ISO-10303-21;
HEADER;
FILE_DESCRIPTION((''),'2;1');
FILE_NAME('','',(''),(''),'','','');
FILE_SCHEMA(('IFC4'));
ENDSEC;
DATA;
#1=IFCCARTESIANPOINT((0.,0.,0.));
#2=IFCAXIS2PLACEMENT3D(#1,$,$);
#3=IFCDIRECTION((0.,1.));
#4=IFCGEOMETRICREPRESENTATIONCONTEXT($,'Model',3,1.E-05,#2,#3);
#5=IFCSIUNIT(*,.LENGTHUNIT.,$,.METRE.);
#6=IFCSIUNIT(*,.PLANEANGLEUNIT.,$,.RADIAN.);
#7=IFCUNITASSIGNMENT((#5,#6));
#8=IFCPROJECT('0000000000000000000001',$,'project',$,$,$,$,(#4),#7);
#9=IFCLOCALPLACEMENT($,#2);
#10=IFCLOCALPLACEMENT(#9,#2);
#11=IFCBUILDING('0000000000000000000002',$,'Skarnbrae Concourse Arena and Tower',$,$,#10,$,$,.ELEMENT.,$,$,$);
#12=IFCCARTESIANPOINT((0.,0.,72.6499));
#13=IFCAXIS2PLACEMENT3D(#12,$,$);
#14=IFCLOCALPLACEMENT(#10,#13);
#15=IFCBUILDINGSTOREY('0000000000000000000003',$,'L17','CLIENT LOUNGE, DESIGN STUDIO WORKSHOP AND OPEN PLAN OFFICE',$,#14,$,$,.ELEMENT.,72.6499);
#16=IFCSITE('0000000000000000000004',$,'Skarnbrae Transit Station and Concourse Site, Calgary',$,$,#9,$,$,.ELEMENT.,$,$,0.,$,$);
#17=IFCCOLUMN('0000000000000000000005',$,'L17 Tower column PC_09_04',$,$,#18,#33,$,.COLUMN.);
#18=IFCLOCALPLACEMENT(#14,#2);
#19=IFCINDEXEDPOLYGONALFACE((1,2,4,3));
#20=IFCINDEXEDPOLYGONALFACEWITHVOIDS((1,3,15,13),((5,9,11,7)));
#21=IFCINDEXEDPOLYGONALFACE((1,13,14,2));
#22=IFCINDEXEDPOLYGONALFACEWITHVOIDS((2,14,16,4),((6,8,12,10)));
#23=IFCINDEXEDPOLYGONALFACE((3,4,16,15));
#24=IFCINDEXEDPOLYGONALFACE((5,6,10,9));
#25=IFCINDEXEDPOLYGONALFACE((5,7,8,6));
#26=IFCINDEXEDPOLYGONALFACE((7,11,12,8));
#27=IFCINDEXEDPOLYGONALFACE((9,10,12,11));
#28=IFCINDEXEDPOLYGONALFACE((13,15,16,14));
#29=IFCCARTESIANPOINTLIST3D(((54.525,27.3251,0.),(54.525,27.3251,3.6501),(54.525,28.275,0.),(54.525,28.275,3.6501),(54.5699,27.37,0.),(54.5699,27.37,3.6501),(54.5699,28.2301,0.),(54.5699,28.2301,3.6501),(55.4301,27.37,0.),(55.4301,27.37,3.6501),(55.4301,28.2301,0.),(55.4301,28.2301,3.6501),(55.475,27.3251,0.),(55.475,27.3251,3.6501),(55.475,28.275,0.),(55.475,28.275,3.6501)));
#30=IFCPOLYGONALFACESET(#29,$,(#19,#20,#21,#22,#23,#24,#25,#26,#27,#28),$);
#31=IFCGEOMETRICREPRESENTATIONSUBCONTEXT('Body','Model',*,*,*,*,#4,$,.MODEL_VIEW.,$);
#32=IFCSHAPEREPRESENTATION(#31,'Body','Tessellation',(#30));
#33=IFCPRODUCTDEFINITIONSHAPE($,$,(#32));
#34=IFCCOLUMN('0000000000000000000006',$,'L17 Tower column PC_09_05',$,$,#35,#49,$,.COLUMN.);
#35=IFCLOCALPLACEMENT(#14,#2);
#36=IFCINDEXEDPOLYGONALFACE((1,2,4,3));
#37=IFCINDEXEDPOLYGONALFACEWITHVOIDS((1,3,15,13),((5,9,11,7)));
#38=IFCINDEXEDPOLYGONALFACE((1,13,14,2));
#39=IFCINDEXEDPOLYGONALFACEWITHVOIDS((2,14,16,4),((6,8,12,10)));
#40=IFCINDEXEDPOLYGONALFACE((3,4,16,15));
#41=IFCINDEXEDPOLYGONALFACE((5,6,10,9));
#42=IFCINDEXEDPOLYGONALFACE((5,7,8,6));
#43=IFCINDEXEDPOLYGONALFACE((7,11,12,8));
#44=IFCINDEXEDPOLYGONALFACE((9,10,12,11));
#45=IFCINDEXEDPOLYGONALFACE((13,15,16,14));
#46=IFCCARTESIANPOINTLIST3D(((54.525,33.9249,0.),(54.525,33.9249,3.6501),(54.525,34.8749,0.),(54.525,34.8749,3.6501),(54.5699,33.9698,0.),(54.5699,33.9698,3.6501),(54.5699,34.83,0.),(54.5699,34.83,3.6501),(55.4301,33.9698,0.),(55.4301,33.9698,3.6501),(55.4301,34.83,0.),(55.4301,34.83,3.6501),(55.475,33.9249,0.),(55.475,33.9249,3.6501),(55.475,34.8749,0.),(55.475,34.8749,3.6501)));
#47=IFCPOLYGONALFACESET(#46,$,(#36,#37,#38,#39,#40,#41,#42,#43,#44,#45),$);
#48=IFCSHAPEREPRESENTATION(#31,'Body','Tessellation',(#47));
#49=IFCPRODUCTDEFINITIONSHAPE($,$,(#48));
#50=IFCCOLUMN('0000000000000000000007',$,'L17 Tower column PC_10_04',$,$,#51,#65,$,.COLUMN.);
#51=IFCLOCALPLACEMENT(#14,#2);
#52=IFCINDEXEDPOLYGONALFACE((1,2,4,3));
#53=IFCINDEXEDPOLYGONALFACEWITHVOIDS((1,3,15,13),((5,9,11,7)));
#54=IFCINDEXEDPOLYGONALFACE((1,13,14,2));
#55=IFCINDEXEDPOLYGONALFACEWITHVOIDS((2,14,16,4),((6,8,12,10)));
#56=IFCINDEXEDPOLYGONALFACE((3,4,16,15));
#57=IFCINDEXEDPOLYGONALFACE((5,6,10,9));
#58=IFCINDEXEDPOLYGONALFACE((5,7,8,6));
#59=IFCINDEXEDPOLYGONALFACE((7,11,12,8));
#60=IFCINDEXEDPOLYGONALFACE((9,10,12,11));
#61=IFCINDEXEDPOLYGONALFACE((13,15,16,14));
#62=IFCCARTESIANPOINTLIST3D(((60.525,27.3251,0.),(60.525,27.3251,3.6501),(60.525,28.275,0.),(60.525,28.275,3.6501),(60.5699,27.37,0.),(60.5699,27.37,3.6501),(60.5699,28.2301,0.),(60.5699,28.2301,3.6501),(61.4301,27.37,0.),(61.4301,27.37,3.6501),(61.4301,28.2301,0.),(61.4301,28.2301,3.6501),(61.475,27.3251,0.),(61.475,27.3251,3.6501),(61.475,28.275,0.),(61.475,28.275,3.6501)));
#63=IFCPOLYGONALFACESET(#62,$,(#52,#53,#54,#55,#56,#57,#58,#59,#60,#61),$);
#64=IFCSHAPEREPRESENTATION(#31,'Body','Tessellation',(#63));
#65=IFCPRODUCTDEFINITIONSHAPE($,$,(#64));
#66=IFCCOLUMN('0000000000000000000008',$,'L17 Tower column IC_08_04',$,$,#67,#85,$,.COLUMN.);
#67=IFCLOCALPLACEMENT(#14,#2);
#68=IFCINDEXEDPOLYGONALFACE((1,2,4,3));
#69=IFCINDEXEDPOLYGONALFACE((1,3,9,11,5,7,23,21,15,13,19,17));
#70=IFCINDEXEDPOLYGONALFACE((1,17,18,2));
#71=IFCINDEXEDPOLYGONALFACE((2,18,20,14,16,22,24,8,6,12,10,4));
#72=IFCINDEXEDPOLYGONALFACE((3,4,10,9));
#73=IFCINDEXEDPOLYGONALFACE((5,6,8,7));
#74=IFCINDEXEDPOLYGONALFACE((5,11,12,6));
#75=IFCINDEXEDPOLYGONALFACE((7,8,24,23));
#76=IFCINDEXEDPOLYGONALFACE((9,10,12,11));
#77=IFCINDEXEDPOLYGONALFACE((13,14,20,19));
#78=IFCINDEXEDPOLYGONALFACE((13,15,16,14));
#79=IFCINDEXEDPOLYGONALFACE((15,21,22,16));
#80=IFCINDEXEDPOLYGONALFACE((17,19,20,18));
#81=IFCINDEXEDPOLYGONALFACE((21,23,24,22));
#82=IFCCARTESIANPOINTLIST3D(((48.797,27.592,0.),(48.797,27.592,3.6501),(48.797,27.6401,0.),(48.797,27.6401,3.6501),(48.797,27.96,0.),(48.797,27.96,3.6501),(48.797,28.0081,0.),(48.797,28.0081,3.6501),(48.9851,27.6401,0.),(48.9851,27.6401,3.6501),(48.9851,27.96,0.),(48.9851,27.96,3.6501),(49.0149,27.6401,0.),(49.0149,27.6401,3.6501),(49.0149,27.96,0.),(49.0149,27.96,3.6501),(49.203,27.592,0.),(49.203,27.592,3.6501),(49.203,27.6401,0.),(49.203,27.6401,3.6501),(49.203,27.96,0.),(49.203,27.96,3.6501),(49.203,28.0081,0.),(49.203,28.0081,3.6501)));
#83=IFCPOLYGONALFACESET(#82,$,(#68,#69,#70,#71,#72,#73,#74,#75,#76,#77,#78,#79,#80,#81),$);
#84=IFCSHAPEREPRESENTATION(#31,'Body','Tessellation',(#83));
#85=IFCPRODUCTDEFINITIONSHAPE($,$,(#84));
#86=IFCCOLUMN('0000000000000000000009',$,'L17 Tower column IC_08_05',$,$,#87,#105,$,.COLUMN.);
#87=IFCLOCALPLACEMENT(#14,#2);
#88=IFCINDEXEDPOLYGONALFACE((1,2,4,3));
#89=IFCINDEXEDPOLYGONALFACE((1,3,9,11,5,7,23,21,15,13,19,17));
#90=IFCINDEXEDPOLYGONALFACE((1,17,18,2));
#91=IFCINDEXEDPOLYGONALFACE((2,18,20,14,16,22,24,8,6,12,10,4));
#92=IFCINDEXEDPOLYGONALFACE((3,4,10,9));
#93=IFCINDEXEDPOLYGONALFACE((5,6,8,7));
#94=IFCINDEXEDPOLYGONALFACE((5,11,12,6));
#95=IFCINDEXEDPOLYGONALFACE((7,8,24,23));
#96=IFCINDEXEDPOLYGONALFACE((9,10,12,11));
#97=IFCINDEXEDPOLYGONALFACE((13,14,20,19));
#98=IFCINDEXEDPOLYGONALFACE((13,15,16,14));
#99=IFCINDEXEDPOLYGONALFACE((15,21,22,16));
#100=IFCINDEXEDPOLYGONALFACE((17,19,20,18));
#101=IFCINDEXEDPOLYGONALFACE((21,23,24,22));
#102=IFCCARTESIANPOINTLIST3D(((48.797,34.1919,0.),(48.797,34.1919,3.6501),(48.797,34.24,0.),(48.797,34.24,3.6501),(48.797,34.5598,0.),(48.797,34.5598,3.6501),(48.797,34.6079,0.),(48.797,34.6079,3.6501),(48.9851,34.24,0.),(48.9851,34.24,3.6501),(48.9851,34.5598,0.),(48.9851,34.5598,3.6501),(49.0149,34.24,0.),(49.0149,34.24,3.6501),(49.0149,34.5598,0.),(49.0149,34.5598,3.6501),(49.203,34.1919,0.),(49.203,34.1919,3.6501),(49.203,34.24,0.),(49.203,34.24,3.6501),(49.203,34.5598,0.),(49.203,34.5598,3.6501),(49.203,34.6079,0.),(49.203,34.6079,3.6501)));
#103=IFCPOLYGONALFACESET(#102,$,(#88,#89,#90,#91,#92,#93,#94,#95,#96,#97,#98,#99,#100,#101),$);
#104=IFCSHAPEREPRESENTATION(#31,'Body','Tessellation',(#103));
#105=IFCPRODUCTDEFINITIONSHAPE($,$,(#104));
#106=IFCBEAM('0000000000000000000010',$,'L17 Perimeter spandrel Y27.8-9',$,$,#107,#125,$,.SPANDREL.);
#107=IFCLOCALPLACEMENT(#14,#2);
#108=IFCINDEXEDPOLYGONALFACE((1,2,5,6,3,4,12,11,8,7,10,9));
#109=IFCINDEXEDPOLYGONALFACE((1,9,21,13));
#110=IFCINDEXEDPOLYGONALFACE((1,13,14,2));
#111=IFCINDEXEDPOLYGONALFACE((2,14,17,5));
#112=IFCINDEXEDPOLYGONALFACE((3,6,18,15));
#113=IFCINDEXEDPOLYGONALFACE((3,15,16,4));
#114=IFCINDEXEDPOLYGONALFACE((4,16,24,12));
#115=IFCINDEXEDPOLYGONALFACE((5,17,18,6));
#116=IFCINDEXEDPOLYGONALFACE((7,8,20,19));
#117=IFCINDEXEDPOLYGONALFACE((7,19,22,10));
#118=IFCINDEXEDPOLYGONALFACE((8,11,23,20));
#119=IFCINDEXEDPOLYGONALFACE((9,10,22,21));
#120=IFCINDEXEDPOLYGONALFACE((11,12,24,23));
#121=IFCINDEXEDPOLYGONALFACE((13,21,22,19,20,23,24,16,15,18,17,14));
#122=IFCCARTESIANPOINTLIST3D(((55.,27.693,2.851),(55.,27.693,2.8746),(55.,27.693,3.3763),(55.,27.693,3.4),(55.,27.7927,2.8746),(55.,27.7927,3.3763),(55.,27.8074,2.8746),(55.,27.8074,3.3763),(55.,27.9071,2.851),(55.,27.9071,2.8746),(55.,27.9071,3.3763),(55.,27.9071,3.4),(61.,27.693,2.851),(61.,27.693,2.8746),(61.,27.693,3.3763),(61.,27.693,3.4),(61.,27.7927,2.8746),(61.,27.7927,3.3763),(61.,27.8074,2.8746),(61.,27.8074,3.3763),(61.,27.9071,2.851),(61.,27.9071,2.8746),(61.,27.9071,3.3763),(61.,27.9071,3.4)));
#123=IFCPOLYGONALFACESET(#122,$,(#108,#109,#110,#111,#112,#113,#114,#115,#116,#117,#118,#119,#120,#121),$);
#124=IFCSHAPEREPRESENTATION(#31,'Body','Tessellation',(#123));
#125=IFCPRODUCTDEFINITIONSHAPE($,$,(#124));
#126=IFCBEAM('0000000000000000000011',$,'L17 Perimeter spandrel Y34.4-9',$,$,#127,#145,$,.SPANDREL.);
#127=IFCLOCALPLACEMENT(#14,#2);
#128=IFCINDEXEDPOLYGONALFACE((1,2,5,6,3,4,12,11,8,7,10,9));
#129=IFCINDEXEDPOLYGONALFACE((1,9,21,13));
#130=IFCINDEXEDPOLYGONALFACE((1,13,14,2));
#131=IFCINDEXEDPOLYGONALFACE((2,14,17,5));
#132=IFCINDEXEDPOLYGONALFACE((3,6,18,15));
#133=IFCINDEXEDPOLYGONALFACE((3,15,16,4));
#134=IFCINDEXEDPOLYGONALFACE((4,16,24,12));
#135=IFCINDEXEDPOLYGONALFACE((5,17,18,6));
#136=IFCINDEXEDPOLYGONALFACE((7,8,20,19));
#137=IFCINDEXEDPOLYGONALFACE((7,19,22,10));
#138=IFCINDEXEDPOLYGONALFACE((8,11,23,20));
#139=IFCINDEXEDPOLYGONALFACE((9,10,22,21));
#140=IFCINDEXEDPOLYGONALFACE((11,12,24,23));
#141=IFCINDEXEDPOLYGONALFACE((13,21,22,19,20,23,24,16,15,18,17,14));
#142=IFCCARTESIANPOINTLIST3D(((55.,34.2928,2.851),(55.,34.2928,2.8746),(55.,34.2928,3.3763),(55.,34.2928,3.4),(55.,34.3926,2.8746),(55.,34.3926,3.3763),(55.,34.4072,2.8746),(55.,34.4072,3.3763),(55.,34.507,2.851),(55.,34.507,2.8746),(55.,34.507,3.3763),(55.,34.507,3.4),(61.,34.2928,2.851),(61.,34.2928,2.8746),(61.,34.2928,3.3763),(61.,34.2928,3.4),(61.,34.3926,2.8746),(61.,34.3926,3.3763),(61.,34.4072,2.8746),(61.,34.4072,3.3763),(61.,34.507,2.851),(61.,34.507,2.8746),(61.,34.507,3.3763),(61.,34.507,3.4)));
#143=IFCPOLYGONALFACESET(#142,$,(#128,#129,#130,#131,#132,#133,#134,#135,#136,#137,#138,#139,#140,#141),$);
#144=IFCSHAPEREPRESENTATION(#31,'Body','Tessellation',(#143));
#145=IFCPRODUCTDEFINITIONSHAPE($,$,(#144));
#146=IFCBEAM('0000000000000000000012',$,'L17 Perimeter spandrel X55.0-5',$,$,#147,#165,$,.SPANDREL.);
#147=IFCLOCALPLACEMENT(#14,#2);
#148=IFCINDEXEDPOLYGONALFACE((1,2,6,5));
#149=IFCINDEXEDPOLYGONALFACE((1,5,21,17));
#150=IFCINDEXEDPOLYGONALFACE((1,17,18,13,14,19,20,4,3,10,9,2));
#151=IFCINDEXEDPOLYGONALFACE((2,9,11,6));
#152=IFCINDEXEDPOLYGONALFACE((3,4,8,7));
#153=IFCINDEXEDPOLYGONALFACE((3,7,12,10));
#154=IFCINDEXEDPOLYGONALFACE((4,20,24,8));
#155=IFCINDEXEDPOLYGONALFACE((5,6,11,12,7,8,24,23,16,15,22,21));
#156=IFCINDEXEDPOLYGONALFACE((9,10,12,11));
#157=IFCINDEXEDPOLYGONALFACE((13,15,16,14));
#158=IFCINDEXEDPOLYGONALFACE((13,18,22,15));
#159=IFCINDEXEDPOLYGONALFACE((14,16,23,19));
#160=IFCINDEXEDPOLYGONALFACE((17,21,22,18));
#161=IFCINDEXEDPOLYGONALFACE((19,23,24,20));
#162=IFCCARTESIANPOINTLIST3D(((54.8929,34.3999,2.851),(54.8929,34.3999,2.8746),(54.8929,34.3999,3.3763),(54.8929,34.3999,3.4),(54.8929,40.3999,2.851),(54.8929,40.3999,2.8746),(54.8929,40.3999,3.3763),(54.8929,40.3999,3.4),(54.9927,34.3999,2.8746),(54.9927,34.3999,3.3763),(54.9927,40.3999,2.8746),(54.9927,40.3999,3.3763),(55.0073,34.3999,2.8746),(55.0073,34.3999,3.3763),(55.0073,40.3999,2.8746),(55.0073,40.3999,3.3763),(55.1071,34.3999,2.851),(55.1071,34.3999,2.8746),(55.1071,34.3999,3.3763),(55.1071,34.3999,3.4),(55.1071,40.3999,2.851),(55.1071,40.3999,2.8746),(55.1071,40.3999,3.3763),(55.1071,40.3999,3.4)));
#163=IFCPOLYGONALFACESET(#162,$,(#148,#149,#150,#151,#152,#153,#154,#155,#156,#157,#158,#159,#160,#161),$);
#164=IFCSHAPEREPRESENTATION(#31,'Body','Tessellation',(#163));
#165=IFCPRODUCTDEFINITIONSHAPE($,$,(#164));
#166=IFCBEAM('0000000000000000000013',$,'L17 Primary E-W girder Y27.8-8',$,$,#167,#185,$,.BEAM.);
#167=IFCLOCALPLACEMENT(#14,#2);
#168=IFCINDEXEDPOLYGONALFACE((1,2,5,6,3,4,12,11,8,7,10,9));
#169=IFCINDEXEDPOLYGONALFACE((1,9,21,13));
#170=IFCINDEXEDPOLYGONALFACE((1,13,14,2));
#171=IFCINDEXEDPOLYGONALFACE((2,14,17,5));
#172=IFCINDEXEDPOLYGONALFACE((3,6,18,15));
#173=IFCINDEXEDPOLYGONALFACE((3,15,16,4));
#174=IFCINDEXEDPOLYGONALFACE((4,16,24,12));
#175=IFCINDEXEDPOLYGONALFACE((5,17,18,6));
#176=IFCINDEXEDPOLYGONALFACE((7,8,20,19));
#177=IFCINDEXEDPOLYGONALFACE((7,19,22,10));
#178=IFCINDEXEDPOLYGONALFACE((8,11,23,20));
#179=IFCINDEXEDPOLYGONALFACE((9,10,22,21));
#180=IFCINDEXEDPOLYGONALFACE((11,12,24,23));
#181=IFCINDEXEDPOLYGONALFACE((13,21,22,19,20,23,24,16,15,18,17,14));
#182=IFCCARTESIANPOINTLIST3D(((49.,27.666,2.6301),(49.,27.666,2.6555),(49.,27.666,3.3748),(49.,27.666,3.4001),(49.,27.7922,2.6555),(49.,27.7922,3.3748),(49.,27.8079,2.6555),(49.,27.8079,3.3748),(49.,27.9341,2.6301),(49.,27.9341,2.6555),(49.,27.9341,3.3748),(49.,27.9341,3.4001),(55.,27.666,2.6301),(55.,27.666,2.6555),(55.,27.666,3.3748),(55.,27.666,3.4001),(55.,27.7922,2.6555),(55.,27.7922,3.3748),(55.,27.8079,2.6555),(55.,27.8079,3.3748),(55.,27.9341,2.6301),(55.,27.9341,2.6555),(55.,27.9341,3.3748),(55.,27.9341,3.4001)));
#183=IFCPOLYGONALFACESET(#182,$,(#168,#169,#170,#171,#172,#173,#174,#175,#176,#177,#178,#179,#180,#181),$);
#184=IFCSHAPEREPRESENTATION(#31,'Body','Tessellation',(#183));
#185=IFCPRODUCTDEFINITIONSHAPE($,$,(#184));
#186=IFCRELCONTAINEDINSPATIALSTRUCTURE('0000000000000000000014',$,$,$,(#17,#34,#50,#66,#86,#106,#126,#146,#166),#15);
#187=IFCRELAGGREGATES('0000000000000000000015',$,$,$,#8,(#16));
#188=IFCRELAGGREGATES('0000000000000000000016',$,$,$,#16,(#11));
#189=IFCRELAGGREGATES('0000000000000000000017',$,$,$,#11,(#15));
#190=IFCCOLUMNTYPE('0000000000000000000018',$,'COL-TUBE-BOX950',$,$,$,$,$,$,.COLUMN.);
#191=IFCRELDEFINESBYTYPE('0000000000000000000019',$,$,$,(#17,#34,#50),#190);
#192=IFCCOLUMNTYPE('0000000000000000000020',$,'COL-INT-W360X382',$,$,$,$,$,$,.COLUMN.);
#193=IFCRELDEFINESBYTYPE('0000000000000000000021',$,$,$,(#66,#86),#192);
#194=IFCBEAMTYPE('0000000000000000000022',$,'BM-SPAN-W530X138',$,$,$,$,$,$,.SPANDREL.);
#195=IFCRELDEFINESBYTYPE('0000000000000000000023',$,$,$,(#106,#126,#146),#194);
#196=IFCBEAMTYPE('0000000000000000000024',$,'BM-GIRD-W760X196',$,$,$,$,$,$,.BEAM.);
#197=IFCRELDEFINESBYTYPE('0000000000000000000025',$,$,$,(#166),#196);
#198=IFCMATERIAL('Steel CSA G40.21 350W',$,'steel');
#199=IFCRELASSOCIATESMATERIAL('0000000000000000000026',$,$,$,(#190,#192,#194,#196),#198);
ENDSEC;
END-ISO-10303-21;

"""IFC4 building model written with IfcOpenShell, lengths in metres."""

from ifc_helpers import new_model, si_unit, direction, frame, origin, origin_2d, place, context, subcontext, project, spatial, hollow_rectangle, i_section, extrude, source, transform, mapped, material, material_profile, profile_set, type_object, element, save


model = new_model("IFC4")

# Units and contexts
model_context = context("Model", 3, precision=1e-05, world=origin(), true_north=direction((0.0, 1.0)))
body_context = subcontext(model_context, "Body", "Model", "MODEL_VIEW")
ifc_project = project(units=[si_unit("LENGTHUNIT", "METRE"), si_unit("PLANEANGLEUNIT", "RADIAN")], contexts=[model_context])

# Site, building, storey
site_placement = place(None, origin())
site = spatial("IfcSite", under=ifc_project, at=site_placement, Name="Skarnbrae Transit Station and Concourse Site, Calgary", CompositionType="ELEMENT", RefElevation=0.0)
building_placement = place(site_placement, origin())
building = spatial("IfcBuilding", under=site, at=building_placement, Name="Skarnbrae Concourse Arena and Tower", CompositionType="ELEMENT")
storey_placement = place(building_placement, frame((0.0, 0.0, 72.6499)))
storey = spatial("IfcBuildingStorey", under=building, at=storey_placement, Name="L17", Description="CLIENT LOUNGE, DESIGN STUDIO WORKSHOP AND OPEN PLAN OFFICE", CompositionType="ELEMENT", Elevation=72.6499)

# Columns
ifc_material_1 = material(Name="Steel CSA G40.21 350W", Category="steel")
ifc_material_profile_1 = material_profile(ifc_material_1, hollow_rectangle(XDim=0.95, YDim=0.95, WallThickness=0.0449, at=origin_2d()), Name="BOX950X950X45")
ifc_profile_set_1 = profile_set([ifc_material_profile_1], Name="Steel CSA G40.21 350W")
column_type_1 = type_object("IfcColumnType", Name="COL-TUBE-BOX950", PredefinedType="COLUMN", material=ifc_profile_set_1)
shared_shape_1 = source(origin(), body_context, "Body", "SweptSolid", [
    extrude(hollow_rectangle(XDim=0.95, YDim=0.95, WallThickness=0.0449, at=origin_2d()), origin(), (0.0, 0.0, 1.0), 3.6501),
])
for number, where, z_axis, x_axis, name in (
    (1, (55.0, 27.8, 0.0), (0.0, 0.0, 1.0), (1.0, 0.0, 0.0), "L17 Tower column PC_09_04"),
    (2, (55.0, 34.3999, 0.0), (0.0, 0.0, 1.0), (1.0, 0.0, 0.0), "L17 Tower column PC_09_05"),
    (3, (61.0, 27.8, 0.0), (0.0, 0.0, 1.0), (1.0, 0.0, 0.0), "L17 Tower column PC_10_04"),
):
    element("IfcColumn", number, at=place(storey_placement, frame(where, z_axis=z_axis, x_axis=x_axis)), inside=storey, type_object=column_type_1, Name=name, PredefinedType="COLUMN", context=body_context, shape_type="MappedRepresentation", body=[
        mapped(shared_shape_1, transform((0.0, 0.0, 0.0))),
    ])
ifc_material_profile_2 = material_profile(ifc_material_1, i_section(OverallWidth=0.406, OverallDepth=0.416, WebThickness=0.0298, FlangeThickness=0.0481, at=origin_2d()), Name="W360X382")
ifc_profile_set_2 = profile_set([ifc_material_profile_2], Name="Steel CSA G40.21 350W")
column_type_2 = type_object("IfcColumnType", Name="COL-INT-W360X382", PredefinedType="COLUMN", material=ifc_profile_set_2)
shared_shape_2 = source(origin(), body_context, "Body", "SweptSolid", [
    extrude(i_section(OverallWidth=0.406, OverallDepth=0.416, WebThickness=0.0298, FlangeThickness=0.0481, at=origin_2d()), origin(), (0.0, 0.0, 1.0), 3.6501),
])
for number, where, z_axis, x_axis, name in (
    (4, (49.0, 27.8, 0.0), (0.0, 0.0, 1.0), (1.0, 0.0, 0.0), "L17 Tower column IC_08_04"),
    (5, (49.0, 34.3999, 0.0), (0.0, 0.0, 1.0), (1.0, 0.0, 0.0), "L17 Tower column IC_08_05"),
):
    element("IfcColumn", number, at=place(storey_placement, frame(where, z_axis=z_axis, x_axis=x_axis)), inside=storey, type_object=column_type_2, Name=name, PredefinedType="COLUMN", context=body_context, shape_type="MappedRepresentation", body=[
        mapped(shared_shape_2, transform((0.0, 0.0, 0.0))),
    ])

# Beams
ifc_material_profile_3 = material_profile(ifc_material_1, i_section(OverallWidth=0.2141, OverallDepth=0.5491, WebThickness=0.0146, FlangeThickness=0.0237, at=origin_2d()), Name="W530X138")
ifc_profile_set_3 = profile_set([ifc_material_profile_3], Name="Steel CSA G40.21 350W")
beam_type_1 = type_object("IfcBeamType", Name="BM-SPAN-W530X138", PredefinedType="SPANDREL", material=ifc_profile_set_3)
shared_shape_3 = source(origin(), body_context, "Body", "SweptSolid", [
    extrude(i_section(OverallWidth=0.2141, OverallDepth=0.5491, WebThickness=0.0146, FlangeThickness=0.0237, at=origin_2d()), origin(), (0.0, 0.0, 1.0), 6.0),
])
for number, where, z_axis, x_axis, name in (
    (6, (55.0, 27.8, 3.1255), (1.0, 0.0, 0.0), (0.0, 1.0, 0.0), "L17 Perimeter spandrel Y27.8-9"),
    (7, (55.0, 34.3999, 3.1255), (1.0, 0.0, 0.0), (0.0, 1.0, 0.0), "L17 Perimeter spandrel Y34.4-9"),
    (8, (55.0, 34.3999, 3.1255), (0.0, 1.0, 0.0), (-1.0, 0.0, 0.0), "L17 Perimeter spandrel X55.0-5"),
):
    element("IfcBeam", number, at=place(storey_placement, frame(where, z_axis=z_axis, x_axis=x_axis)), inside=storey, type_object=beam_type_1, Name=name, PredefinedType="SPANDREL", context=body_context, shape_type="MappedRepresentation", body=[
        mapped(shared_shape_3, transform((0.0, 0.0, 0.0))),
    ])
ifc_material_profile_4 = material_profile(ifc_material_1, i_section(OverallWidth=0.2681, OverallDepth=0.77, WebThickness=0.0156, FlangeThickness=0.0254, at=origin_2d()), Name="W760X196")
ifc_profile_set_4 = profile_set([ifc_material_profile_4], Name="Steel CSA G40.21 350W")
beam_type_2 = type_object("IfcBeamType", Name="BM-GIRD-W760X196", PredefinedType="BEAM", material=ifc_profile_set_4)
shared_shape_4 = source(origin(), body_context, "Body", "SweptSolid", [
    extrude(i_section(OverallWidth=0.2681, OverallDepth=0.77, WebThickness=0.0156, FlangeThickness=0.0254, at=origin_2d()), origin(), (0.0, 0.0, 1.0), 6.0),
])
for number, where, z_axis, x_axis, name in (
    (9, (49.0, 27.8, 3.0151), (1.0, 0.0, 0.0), (0.0, 1.0, 0.0), "L17 Primary E-W girder Y27.8-8"),
):
    element("IfcBeam", number, at=place(storey_placement, frame(where, z_axis=z_axis, x_axis=x_axis)), inside=storey, type_object=beam_type_2, Name=name, PredefinedType="BEAM", context=body_context, shape_type="MappedRepresentation", body=[
        mapped(shared_shape_4, transform((0.0, 0.0, 0.0))),
    ])

save(model, "model.ifc")
